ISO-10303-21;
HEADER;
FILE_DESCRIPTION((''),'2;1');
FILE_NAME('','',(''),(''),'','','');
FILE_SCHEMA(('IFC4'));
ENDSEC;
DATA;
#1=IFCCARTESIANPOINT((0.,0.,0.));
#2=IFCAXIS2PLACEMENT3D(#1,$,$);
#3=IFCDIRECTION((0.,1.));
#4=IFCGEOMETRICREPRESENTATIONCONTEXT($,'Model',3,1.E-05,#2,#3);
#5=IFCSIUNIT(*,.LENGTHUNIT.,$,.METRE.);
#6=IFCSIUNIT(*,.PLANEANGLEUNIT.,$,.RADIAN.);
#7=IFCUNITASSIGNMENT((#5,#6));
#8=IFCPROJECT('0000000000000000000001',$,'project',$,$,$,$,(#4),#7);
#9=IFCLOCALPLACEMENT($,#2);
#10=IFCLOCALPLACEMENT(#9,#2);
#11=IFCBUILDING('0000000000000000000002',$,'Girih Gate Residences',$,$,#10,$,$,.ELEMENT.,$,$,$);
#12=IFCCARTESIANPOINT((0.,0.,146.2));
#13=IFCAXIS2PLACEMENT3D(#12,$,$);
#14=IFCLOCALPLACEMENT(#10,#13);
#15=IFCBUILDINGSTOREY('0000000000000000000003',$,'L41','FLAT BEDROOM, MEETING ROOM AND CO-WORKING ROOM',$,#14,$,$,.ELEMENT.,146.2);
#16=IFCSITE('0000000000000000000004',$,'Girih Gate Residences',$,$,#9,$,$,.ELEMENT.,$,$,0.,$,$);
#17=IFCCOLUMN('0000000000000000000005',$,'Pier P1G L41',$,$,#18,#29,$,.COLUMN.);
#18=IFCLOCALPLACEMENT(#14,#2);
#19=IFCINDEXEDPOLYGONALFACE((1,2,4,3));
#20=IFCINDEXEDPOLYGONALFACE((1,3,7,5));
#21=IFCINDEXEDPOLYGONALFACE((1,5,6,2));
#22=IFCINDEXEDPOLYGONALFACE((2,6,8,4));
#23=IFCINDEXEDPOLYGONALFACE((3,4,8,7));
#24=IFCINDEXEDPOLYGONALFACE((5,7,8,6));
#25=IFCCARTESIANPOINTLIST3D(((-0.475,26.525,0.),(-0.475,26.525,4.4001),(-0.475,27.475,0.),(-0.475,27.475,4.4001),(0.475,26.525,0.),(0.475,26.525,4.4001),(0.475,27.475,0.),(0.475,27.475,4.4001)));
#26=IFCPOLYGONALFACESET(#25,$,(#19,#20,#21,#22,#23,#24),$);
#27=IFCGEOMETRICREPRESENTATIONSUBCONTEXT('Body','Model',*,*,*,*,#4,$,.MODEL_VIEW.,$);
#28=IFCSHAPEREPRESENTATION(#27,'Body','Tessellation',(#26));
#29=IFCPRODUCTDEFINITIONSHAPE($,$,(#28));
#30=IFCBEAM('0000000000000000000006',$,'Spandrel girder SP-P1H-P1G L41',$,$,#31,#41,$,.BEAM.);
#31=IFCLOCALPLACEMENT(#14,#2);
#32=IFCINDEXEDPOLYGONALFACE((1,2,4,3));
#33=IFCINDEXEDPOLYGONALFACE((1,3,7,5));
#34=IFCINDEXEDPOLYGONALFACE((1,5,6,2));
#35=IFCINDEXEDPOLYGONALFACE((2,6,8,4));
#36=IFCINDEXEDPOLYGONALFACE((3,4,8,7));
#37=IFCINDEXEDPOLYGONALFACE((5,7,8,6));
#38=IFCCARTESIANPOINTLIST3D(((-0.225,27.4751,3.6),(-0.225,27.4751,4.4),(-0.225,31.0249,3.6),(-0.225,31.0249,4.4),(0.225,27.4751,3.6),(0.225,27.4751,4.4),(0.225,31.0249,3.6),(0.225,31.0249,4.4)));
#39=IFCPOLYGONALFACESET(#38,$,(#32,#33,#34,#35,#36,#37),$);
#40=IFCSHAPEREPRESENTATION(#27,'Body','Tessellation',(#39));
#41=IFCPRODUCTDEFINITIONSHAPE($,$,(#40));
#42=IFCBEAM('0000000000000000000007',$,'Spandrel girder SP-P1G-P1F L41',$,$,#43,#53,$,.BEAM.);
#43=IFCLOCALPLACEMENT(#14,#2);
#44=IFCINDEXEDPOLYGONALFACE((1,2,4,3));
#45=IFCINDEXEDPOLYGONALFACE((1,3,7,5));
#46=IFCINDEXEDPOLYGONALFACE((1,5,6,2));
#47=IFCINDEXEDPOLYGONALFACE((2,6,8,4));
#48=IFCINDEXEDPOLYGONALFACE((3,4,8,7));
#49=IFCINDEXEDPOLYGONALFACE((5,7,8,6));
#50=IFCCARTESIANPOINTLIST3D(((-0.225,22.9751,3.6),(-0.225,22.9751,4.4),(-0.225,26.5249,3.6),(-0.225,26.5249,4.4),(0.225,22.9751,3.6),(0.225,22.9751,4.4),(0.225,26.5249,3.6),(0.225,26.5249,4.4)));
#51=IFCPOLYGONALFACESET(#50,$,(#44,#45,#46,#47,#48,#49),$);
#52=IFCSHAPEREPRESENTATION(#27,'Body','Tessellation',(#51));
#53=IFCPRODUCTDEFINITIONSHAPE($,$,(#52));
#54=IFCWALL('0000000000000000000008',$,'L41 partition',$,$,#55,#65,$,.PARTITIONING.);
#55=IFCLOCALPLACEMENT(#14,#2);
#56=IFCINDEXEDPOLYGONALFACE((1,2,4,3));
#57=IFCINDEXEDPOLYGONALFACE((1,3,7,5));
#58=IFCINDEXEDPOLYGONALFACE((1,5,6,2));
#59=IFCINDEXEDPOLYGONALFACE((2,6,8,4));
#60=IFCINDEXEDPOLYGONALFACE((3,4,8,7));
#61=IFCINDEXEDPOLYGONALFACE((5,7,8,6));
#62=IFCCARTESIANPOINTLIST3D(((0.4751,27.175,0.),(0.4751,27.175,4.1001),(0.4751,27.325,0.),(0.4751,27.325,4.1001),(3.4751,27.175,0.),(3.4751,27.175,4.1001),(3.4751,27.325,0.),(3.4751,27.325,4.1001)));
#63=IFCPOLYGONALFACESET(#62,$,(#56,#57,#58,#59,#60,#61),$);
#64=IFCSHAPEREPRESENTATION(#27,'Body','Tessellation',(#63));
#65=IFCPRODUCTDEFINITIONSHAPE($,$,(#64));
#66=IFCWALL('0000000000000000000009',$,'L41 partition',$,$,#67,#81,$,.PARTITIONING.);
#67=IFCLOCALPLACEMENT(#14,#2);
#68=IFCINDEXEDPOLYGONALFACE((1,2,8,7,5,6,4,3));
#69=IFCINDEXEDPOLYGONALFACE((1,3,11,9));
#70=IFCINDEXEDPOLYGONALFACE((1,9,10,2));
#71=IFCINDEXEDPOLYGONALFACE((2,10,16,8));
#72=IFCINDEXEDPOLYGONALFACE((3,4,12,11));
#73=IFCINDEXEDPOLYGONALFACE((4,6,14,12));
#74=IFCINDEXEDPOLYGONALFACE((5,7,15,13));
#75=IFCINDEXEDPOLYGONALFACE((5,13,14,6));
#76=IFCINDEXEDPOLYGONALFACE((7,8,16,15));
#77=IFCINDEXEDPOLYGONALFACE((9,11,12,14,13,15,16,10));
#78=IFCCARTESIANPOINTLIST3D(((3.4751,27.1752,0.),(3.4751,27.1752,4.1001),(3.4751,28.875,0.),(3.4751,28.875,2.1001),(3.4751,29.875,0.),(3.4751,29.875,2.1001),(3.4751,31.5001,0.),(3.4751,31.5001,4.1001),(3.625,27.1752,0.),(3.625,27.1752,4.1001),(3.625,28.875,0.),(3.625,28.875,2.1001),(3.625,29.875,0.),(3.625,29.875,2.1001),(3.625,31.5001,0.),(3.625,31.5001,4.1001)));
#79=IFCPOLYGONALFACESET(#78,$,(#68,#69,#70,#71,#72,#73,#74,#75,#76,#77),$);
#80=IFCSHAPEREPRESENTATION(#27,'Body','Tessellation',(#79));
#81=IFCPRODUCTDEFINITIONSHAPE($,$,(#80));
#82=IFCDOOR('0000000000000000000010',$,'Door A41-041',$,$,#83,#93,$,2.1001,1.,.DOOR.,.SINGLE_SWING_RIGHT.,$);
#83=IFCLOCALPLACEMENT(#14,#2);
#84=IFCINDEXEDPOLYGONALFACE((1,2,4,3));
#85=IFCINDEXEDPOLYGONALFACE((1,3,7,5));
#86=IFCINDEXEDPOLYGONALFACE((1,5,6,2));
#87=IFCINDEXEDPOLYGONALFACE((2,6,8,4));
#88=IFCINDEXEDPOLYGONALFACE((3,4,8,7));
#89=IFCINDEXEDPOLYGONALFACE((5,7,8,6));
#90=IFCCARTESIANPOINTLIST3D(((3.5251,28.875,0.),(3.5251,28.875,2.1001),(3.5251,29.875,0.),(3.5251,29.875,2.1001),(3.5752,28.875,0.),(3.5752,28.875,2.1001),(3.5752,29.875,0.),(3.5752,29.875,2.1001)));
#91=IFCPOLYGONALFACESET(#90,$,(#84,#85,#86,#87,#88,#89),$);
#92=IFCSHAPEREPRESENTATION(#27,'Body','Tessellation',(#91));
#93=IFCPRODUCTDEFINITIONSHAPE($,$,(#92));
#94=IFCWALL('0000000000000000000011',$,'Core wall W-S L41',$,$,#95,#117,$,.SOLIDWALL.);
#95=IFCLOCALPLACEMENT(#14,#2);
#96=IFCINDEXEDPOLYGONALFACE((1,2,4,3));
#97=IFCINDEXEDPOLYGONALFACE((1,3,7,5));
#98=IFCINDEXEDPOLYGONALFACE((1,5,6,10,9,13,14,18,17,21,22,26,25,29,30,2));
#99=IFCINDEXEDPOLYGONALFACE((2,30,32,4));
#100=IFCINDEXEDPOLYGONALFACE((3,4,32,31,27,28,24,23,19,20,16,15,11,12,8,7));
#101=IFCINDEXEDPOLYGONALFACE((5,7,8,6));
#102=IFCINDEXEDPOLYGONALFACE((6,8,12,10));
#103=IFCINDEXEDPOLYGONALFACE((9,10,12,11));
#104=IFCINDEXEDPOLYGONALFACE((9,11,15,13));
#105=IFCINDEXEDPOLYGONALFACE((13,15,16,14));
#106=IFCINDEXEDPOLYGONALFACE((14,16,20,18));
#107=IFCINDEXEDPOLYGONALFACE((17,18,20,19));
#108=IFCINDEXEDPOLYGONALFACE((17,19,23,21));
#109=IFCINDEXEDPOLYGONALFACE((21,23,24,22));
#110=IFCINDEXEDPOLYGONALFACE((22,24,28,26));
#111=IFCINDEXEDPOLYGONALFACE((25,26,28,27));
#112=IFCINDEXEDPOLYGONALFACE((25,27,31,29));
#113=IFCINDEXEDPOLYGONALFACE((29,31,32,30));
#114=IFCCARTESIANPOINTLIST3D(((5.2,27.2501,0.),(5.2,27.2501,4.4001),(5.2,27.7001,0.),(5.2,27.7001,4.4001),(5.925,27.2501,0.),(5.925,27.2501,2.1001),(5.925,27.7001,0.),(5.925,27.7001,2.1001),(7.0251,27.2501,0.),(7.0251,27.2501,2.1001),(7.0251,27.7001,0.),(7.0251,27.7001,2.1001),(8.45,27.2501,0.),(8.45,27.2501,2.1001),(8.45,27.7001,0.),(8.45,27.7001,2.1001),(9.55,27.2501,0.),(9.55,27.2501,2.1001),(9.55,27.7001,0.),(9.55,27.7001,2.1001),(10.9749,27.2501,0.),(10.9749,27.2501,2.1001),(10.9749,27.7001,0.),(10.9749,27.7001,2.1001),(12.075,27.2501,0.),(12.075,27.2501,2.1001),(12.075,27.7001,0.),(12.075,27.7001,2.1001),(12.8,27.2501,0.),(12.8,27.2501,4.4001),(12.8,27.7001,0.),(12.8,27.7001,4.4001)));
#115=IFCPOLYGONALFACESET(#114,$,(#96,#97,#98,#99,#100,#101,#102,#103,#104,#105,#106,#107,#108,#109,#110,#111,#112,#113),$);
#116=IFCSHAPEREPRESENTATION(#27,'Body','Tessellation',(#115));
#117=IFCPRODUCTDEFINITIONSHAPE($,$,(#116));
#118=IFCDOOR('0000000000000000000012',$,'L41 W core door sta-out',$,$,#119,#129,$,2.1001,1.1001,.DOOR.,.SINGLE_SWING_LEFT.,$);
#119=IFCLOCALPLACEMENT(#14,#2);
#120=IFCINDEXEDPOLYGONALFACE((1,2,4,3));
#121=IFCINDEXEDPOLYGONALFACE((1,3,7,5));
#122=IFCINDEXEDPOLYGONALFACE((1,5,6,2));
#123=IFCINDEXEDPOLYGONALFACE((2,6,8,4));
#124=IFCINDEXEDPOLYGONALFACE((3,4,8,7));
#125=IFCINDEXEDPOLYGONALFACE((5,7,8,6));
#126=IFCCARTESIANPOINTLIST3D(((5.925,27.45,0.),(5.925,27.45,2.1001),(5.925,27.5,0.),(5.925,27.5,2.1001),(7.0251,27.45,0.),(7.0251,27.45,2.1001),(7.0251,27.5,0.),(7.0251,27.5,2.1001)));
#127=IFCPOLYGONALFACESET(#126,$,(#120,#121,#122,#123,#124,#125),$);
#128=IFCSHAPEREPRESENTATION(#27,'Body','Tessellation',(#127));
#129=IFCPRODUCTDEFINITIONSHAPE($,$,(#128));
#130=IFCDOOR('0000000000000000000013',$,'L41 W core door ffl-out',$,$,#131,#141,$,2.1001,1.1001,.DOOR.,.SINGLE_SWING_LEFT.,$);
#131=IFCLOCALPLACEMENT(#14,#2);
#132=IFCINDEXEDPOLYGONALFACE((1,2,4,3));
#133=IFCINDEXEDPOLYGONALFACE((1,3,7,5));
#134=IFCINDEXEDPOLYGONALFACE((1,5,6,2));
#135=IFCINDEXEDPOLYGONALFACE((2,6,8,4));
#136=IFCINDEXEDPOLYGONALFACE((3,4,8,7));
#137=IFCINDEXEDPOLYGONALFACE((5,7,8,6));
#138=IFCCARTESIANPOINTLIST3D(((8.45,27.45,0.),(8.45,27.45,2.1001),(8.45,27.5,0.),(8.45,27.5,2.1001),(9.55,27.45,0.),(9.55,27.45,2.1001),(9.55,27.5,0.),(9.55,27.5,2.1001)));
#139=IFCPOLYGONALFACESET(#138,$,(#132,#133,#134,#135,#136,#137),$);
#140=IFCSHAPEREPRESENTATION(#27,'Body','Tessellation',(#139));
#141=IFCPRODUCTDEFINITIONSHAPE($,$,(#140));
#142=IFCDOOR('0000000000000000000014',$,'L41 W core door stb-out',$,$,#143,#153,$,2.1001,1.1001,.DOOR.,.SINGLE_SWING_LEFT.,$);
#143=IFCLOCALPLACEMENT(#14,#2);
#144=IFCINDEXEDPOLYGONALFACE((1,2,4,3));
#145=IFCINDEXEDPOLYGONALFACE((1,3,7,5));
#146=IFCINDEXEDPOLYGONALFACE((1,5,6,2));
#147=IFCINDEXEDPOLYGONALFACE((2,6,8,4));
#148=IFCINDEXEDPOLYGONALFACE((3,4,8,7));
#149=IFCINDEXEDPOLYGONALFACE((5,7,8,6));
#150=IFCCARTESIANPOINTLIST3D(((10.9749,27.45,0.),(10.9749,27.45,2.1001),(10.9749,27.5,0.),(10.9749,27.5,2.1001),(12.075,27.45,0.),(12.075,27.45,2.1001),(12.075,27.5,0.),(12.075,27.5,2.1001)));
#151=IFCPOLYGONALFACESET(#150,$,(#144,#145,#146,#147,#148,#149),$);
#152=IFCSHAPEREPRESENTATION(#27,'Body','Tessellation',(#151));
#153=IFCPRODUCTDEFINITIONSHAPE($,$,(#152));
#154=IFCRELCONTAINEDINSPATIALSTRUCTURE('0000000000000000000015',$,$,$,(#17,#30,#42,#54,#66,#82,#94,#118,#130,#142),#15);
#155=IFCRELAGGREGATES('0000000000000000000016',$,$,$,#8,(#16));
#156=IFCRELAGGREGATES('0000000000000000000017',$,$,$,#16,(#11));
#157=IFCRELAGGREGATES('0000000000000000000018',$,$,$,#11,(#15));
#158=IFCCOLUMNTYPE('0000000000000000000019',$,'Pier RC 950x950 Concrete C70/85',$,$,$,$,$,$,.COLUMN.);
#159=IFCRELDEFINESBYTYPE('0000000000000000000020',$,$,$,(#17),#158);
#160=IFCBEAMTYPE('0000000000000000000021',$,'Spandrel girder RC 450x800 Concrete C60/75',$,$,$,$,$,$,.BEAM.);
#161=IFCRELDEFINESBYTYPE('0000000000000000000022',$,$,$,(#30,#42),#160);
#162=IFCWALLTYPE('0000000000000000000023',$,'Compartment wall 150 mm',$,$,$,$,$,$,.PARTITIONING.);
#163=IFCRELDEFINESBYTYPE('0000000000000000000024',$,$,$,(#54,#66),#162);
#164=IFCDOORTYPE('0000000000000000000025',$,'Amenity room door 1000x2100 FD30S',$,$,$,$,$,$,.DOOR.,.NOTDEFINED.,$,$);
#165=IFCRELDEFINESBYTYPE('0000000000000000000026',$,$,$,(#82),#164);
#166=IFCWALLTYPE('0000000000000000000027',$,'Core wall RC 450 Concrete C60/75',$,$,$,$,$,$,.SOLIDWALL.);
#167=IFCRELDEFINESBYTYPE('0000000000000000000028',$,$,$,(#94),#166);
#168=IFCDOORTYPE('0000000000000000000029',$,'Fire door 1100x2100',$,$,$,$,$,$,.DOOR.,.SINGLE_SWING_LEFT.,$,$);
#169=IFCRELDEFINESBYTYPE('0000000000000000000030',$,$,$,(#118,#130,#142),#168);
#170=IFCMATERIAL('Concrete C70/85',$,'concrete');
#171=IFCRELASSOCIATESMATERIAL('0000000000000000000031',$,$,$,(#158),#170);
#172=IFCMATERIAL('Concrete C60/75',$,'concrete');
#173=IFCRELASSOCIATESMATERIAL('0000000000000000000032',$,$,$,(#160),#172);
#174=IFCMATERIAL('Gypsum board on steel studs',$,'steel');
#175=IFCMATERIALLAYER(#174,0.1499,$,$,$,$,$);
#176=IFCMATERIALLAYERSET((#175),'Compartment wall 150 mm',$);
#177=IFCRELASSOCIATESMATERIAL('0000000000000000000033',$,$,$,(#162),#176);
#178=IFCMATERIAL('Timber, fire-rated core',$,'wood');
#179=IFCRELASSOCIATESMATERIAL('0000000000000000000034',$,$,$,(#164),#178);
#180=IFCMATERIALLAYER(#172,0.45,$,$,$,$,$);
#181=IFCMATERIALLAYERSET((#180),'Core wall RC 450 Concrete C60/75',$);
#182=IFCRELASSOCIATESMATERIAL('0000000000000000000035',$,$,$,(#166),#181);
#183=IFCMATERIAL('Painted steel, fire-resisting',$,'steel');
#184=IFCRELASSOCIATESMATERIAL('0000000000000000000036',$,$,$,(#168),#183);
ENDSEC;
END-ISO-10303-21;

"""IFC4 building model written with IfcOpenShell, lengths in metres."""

from ifc_helpers import new_model, si_unit, direction, frame, frame_2d, origin, origin_2d, place, context, subcontext, project, spatial, rectangle, extrude, material, layer, layer_set, material_profile, profile_set, type_object, element, fill, save


model = new_model("IFC4")

# Units and contexts
model_context = context("Model", 3, precision=1e-05, world=origin(), true_north=direction((0.0, 1.0)))
body_context = subcontext(model_context, "Body", "Model", "MODEL_VIEW")
ifc_project = project(units=[si_unit("LENGTHUNIT", "METRE"), si_unit("PLANEANGLEUNIT", "RADIAN")], contexts=[model_context])

# Site, building, storey
site_placement = place(None, origin())
site = spatial("IfcSite", under=ifc_project, at=site_placement, Name="Girih Gate Residences", CompositionType="ELEMENT", RefElevation=0.0)
building_placement = place(site_placement, origin())
building = spatial("IfcBuilding", under=site, at=building_placement, Name="Girih Gate Residences", CompositionType="ELEMENT")
storey_placement = place(building_placement, frame((0.0, 0.0, 146.2)))
storey = spatial("IfcBuildingStorey", under=building, at=storey_placement, Name="L41", Description="FLAT BEDROOM, MEETING ROOM AND CO-WORKING ROOM", CompositionType="ELEMENT", Elevation=146.2)

# Column
ifc_material_1 = material(Name="Concrete C70/85", Category="concrete")
ifc_material_profile_1 = material_profile(ifc_material_1, rectangle(XDim=0.95, YDim=0.95, at=origin_2d()))
ifc_profile_set_1 = profile_set([ifc_material_profile_1], Name="Concrete C70/85")
column_type = type_object("IfcColumnType", Name="Pier RC 950x950 Concrete C70/85", PredefinedType="COLUMN", material=ifc_profile_set_1)
column_placement = place(storey_placement, frame((0.0, 27.0, 0.0), z_axis=(0.0, 0.0, 1.0), x_axis=(1.0, 0.0, 0.0)))
element("IfcColumn", 1, at=column_placement, inside=storey, type_object=column_type, Name="Pier P1G L41", PredefinedType="COLUMN", context=body_context, shape_type="SweptSolid", body=[
    extrude(rectangle(XDim=0.95, YDim=0.95, at=origin_2d()), origin(), (0.0, 0.0, 1.0), 4.4001),
])

# Beams
ifc_material_2 = material(Name="Concrete C60/75", Category="concrete")
ifc_material_profile_2 = material_profile(ifc_material_2, rectangle(XDim=0.45, YDim=0.8, at=origin_2d()))
ifc_profile_set_2 = profile_set([ifc_material_profile_2], Name="Concrete C60/75")
beam_type = type_object("IfcBeamType", Name="Spandrel girder RC 450x800 Concrete C60/75", PredefinedType="BEAM", material=ifc_profile_set_2)
for number, where, z_axis, x_axis, name in (
    (2, (0.0, 31.0249, 4.0), (0.0, -1.0, 0.0), (1.0, 0.0, 0.0), "Spandrel girder SP-P1H-P1G L41"),
    (3, (0.0, 26.5249, 4.0), (0.0, -1.0, 0.0), (1.0, 0.0, 0.0), "Spandrel girder SP-P1G-P1F L41"),
):
    element("IfcBeam", number, at=place(storey_placement, frame(where, z_axis=z_axis, x_axis=x_axis)), inside=storey, type_object=beam_type, Name=name, PredefinedType="BEAM", context=body_context, shape_type="SweptSolid", body=[
        extrude(rectangle(XDim=0.45, YDim=0.8, at=origin_2d()), origin(), (0.0, 0.0, 1.0), 3.5498),
    ])

# Wall
ifc_material_3 = material(Name="Gypsum board on steel studs", Category="steel")
ifc_layer_1 = layer(ifc_material_3, 0.1499)
ifc_layer_set_1 = layer_set([ifc_layer_1], Name="Compartment wall 150 mm")
wall_type_1 = type_object("IfcWallType", Name="Compartment wall 150 mm", PredefinedType="PARTITIONING", material=ifc_layer_set_1)
wall_1_placement = place(storey_placement, frame((0.4751, 27.25, 0.0), z_axis=(0.0, 0.0, 1.0), x_axis=(1.0, 0.0, 0.0)))
element("IfcWall", 4, at=wall_1_placement, inside=storey, type_object=wall_type_1, Name="L41 partition", PredefinedType="PARTITIONING", context=body_context, shape_type="SweptSolid", body=[
    extrude(rectangle(XDim=3.0, YDim=0.1499, at=frame_2d((1.5, 0.0))), origin(), (0.0, 0.0, 1.0), 4.1001),
])

# Wall, opening, door
wall_2_placement = place(storey_placement, frame((3.55, 27.175, 0.0), z_axis=(0.0, 0.0, 1.0), x_axis=(0.0, 1.0, 0.0)))
wall_2 = element("IfcWall", 5, at=wall_2_placement, inside=storey, type_object=wall_type_1, Name="L41 partition", PredefinedType="PARTITIONING", context=body_context, shape_type="SweptSolid", body=[
    extrude(rectangle(XDim=4.325, YDim=0.1499, at=frame_2d((2.1626, 0.0))), origin(), (0.0, 0.0, 1.0), 4.1001),
])
opening_1_placement = place(wall_2_placement, frame((1.7, 0.0, 0.0)))
opening_1 = element("IfcOpeningElement", 6, at=opening_1_placement, cuts=wall_2, PredefinedType="OPENING", context=body_context, shape_type="SweptSolid", body=[
    extrude(rectangle(XDim=1.0, YDim=2.1001, at=frame_2d((0.5, 1.05))), frame((0.0, 0.085, 0.0), z_axis=(0.0, -1.0, 0.0), x_axis=(1.0, 0.0, 0.0)), (0.0, 0.0, 1.0), 0.1699),
])
ifc_material_4 = material(Name="Timber, fire-rated core", Category="wood")
door_type_1 = type_object("IfcDoorType", Name="Amenity room door 1000x2100 FD30S", OperationType="NOTDEFINED", PredefinedType="DOOR", material=ifc_material_4)
door_1_placement = place(opening_1_placement, origin())
door_1 = element("IfcDoor", 7, at=door_1_placement, inside=storey, type_object=door_type_1, Name="Door A41-041", OperationType="SINGLE_SWING_RIGHT", OverallHeight=2.1001, OverallWidth=1.0, PredefinedType="DOOR", context=body_context, shape_type="SweptSolid", body=[
    extrude(rectangle(XDim=1.0, YDim=2.1001, at=frame_2d((0.5, 1.05))), frame((0.0, 0.0249, 0.0), z_axis=(0.0, -1.0, 0.0), x_axis=(1.0, 0.0, 0.0)), (0.0, 0.0, 1.0), 0.05),
])
fill(opening_1, door_1)

# Wall, openings, doors
ifc_layer_2 = layer(ifc_material_2, 0.45)
ifc_layer_set_2 = layer_set([ifc_layer_2], Name="Core wall RC 450 Concrete C60/75")
wall_type_2 = type_object("IfcWallType", Name="Core wall RC 450 Concrete C60/75", PredefinedType="SOLIDWALL", material=ifc_layer_set_2)
wall_3_placement = place(storey_placement, frame((5.2, 27.4751, 0.0), z_axis=(0.0, 0.0, 1.0), x_axis=(1.0, 0.0, 0.0)))
wall_3 = element("IfcWall", 8, at=wall_3_placement, inside=storey, type_object=wall_type_2, Name="Core wall W-S L41", PredefinedType="SOLIDWALL", context=body_context, shape_type="SweptSolid", body=[
    extrude(rectangle(XDim=7.6001, YDim=0.45, at=frame_2d((3.8, 0.0))), origin(), (0.0, 0.0, 1.0), 4.4001),
])
opening_2_placement = place(wall_3_placement, frame((0.7251, 0.0, 0.0)))
opening_2 = element("IfcOpeningElement", 9, at=opening_2_placement, cuts=wall_3, PredefinedType="OPENING", context=body_context, shape_type="SweptSolid", body=[
    extrude(rectangle(XDim=1.1001, YDim=2.1001, at=frame_2d((0.55, 1.05))), frame((0.0, 0.2349, 0.0), z_axis=(0.0, -1.0, 0.0), x_axis=(1.0, 0.0, 0.0)), (0.0, 0.0, 1.0), 0.47),
])
opening_3_placement = place(wall_3_placement, frame((3.25, 0.0, 0.0)))
opening_3 = element("IfcOpeningElement", 10, at=opening_3_placement, cuts=wall_3, PredefinedType="OPENING", context=body_context, shape_type="SweptSolid", body=[
    extrude(rectangle(XDim=1.1001, YDim=2.1001, at=frame_2d((0.55, 1.05))), frame((0.0, 0.2349, 0.0), z_axis=(0.0, -1.0, 0.0), x_axis=(1.0, 0.0, 0.0)), (0.0, 0.0, 1.0), 0.47),
])
opening_4_placement = place(wall_3_placement, frame((5.7749, 0.0, 0.0)))
opening_4 = element("IfcOpeningElement", 11, at=opening_4_placement, cuts=wall_3, PredefinedType="OPENING", context=body_context, shape_type="SweptSolid", body=[
    extrude(rectangle(XDim=1.1001, YDim=2.1001, at=frame_2d((0.55, 1.05))), frame((0.0, 0.2349, 0.0), z_axis=(0.0, -1.0, 0.0), x_axis=(1.0, 0.0, 0.0)), (0.0, 0.0, 1.0), 0.47),
])
ifc_material_5 = material(Name="Painted steel, fire-resisting", Category="steel")
door_type_2 = type_object("IfcDoorType", Name="Fire door 1100x2100", OperationType="SINGLE_SWING_LEFT", PredefinedType="DOOR", material=ifc_material_5)
door_2_placement = place(opening_2_placement, origin())
door_2 = element("IfcDoor", 12, at=door_2_placement, inside=storey, type_object=door_type_2, Name="L41 W core door sta-out", OperationType="SINGLE_SWING_LEFT", OverallHeight=2.1001, OverallWidth=1.1001, PredefinedType="DOOR", context=body_context, shape_type="SweptSolid", body=[
    extrude(rectangle(XDim=1.1001, YDim=2.1001, at=frame_2d((0.55, 1.05))), frame((0.0, 0.0249, 0.0), z_axis=(0.0, -1.0, 0.0), x_axis=(1.0, 0.0, 0.0)), (0.0, 0.0, 1.0), 0.05),
])
fill(opening_2, door_2)
door_3_placement = place(opening_3_placement, origin())
door_3 = element("IfcDoor", 13, at=door_3_placement, inside=storey, type_object=door_type_2, Name="L41 W core door ffl-out", OperationType="SINGLE_SWING_LEFT", OverallHeight=2.1001, OverallWidth=1.1001, PredefinedType="DOOR", context=body_context, shape_type="SweptSolid", body=[
    extrude(rectangle(XDim=1.1001, YDim=2.1001, at=frame_2d((0.55, 1.05))), frame((0.0, 0.0249, 0.0), z_axis=(0.0, -1.0, 0.0), x_axis=(1.0, 0.0, 0.0)), (0.0, 0.0, 1.0), 0.05),
])
fill(opening_3, door_3)
door_4_placement = place(opening_4_placement, origin())
door_4 = element("IfcDoor", 14, at=door_4_placement, inside=storey, type_object=door_type_2, Name="L41 W core door stb-out", OperationType="SINGLE_SWING_LEFT", OverallHeight=2.1001, OverallWidth=1.1001, PredefinedType="DOOR", context=body_context, shape_type="SweptSolid", body=[
    extrude(rectangle(XDim=1.1001, YDim=2.1001, at=frame_2d((0.55, 1.05))), frame((0.0, 0.0249, 0.0), z_axis=(0.0, -1.0, 0.0), x_axis=(1.0, 0.0, 0.0)), (0.0, 0.0, 1.0), 0.05),
])
fill(opening_4, door_4)

save(model, "model.ifc")
